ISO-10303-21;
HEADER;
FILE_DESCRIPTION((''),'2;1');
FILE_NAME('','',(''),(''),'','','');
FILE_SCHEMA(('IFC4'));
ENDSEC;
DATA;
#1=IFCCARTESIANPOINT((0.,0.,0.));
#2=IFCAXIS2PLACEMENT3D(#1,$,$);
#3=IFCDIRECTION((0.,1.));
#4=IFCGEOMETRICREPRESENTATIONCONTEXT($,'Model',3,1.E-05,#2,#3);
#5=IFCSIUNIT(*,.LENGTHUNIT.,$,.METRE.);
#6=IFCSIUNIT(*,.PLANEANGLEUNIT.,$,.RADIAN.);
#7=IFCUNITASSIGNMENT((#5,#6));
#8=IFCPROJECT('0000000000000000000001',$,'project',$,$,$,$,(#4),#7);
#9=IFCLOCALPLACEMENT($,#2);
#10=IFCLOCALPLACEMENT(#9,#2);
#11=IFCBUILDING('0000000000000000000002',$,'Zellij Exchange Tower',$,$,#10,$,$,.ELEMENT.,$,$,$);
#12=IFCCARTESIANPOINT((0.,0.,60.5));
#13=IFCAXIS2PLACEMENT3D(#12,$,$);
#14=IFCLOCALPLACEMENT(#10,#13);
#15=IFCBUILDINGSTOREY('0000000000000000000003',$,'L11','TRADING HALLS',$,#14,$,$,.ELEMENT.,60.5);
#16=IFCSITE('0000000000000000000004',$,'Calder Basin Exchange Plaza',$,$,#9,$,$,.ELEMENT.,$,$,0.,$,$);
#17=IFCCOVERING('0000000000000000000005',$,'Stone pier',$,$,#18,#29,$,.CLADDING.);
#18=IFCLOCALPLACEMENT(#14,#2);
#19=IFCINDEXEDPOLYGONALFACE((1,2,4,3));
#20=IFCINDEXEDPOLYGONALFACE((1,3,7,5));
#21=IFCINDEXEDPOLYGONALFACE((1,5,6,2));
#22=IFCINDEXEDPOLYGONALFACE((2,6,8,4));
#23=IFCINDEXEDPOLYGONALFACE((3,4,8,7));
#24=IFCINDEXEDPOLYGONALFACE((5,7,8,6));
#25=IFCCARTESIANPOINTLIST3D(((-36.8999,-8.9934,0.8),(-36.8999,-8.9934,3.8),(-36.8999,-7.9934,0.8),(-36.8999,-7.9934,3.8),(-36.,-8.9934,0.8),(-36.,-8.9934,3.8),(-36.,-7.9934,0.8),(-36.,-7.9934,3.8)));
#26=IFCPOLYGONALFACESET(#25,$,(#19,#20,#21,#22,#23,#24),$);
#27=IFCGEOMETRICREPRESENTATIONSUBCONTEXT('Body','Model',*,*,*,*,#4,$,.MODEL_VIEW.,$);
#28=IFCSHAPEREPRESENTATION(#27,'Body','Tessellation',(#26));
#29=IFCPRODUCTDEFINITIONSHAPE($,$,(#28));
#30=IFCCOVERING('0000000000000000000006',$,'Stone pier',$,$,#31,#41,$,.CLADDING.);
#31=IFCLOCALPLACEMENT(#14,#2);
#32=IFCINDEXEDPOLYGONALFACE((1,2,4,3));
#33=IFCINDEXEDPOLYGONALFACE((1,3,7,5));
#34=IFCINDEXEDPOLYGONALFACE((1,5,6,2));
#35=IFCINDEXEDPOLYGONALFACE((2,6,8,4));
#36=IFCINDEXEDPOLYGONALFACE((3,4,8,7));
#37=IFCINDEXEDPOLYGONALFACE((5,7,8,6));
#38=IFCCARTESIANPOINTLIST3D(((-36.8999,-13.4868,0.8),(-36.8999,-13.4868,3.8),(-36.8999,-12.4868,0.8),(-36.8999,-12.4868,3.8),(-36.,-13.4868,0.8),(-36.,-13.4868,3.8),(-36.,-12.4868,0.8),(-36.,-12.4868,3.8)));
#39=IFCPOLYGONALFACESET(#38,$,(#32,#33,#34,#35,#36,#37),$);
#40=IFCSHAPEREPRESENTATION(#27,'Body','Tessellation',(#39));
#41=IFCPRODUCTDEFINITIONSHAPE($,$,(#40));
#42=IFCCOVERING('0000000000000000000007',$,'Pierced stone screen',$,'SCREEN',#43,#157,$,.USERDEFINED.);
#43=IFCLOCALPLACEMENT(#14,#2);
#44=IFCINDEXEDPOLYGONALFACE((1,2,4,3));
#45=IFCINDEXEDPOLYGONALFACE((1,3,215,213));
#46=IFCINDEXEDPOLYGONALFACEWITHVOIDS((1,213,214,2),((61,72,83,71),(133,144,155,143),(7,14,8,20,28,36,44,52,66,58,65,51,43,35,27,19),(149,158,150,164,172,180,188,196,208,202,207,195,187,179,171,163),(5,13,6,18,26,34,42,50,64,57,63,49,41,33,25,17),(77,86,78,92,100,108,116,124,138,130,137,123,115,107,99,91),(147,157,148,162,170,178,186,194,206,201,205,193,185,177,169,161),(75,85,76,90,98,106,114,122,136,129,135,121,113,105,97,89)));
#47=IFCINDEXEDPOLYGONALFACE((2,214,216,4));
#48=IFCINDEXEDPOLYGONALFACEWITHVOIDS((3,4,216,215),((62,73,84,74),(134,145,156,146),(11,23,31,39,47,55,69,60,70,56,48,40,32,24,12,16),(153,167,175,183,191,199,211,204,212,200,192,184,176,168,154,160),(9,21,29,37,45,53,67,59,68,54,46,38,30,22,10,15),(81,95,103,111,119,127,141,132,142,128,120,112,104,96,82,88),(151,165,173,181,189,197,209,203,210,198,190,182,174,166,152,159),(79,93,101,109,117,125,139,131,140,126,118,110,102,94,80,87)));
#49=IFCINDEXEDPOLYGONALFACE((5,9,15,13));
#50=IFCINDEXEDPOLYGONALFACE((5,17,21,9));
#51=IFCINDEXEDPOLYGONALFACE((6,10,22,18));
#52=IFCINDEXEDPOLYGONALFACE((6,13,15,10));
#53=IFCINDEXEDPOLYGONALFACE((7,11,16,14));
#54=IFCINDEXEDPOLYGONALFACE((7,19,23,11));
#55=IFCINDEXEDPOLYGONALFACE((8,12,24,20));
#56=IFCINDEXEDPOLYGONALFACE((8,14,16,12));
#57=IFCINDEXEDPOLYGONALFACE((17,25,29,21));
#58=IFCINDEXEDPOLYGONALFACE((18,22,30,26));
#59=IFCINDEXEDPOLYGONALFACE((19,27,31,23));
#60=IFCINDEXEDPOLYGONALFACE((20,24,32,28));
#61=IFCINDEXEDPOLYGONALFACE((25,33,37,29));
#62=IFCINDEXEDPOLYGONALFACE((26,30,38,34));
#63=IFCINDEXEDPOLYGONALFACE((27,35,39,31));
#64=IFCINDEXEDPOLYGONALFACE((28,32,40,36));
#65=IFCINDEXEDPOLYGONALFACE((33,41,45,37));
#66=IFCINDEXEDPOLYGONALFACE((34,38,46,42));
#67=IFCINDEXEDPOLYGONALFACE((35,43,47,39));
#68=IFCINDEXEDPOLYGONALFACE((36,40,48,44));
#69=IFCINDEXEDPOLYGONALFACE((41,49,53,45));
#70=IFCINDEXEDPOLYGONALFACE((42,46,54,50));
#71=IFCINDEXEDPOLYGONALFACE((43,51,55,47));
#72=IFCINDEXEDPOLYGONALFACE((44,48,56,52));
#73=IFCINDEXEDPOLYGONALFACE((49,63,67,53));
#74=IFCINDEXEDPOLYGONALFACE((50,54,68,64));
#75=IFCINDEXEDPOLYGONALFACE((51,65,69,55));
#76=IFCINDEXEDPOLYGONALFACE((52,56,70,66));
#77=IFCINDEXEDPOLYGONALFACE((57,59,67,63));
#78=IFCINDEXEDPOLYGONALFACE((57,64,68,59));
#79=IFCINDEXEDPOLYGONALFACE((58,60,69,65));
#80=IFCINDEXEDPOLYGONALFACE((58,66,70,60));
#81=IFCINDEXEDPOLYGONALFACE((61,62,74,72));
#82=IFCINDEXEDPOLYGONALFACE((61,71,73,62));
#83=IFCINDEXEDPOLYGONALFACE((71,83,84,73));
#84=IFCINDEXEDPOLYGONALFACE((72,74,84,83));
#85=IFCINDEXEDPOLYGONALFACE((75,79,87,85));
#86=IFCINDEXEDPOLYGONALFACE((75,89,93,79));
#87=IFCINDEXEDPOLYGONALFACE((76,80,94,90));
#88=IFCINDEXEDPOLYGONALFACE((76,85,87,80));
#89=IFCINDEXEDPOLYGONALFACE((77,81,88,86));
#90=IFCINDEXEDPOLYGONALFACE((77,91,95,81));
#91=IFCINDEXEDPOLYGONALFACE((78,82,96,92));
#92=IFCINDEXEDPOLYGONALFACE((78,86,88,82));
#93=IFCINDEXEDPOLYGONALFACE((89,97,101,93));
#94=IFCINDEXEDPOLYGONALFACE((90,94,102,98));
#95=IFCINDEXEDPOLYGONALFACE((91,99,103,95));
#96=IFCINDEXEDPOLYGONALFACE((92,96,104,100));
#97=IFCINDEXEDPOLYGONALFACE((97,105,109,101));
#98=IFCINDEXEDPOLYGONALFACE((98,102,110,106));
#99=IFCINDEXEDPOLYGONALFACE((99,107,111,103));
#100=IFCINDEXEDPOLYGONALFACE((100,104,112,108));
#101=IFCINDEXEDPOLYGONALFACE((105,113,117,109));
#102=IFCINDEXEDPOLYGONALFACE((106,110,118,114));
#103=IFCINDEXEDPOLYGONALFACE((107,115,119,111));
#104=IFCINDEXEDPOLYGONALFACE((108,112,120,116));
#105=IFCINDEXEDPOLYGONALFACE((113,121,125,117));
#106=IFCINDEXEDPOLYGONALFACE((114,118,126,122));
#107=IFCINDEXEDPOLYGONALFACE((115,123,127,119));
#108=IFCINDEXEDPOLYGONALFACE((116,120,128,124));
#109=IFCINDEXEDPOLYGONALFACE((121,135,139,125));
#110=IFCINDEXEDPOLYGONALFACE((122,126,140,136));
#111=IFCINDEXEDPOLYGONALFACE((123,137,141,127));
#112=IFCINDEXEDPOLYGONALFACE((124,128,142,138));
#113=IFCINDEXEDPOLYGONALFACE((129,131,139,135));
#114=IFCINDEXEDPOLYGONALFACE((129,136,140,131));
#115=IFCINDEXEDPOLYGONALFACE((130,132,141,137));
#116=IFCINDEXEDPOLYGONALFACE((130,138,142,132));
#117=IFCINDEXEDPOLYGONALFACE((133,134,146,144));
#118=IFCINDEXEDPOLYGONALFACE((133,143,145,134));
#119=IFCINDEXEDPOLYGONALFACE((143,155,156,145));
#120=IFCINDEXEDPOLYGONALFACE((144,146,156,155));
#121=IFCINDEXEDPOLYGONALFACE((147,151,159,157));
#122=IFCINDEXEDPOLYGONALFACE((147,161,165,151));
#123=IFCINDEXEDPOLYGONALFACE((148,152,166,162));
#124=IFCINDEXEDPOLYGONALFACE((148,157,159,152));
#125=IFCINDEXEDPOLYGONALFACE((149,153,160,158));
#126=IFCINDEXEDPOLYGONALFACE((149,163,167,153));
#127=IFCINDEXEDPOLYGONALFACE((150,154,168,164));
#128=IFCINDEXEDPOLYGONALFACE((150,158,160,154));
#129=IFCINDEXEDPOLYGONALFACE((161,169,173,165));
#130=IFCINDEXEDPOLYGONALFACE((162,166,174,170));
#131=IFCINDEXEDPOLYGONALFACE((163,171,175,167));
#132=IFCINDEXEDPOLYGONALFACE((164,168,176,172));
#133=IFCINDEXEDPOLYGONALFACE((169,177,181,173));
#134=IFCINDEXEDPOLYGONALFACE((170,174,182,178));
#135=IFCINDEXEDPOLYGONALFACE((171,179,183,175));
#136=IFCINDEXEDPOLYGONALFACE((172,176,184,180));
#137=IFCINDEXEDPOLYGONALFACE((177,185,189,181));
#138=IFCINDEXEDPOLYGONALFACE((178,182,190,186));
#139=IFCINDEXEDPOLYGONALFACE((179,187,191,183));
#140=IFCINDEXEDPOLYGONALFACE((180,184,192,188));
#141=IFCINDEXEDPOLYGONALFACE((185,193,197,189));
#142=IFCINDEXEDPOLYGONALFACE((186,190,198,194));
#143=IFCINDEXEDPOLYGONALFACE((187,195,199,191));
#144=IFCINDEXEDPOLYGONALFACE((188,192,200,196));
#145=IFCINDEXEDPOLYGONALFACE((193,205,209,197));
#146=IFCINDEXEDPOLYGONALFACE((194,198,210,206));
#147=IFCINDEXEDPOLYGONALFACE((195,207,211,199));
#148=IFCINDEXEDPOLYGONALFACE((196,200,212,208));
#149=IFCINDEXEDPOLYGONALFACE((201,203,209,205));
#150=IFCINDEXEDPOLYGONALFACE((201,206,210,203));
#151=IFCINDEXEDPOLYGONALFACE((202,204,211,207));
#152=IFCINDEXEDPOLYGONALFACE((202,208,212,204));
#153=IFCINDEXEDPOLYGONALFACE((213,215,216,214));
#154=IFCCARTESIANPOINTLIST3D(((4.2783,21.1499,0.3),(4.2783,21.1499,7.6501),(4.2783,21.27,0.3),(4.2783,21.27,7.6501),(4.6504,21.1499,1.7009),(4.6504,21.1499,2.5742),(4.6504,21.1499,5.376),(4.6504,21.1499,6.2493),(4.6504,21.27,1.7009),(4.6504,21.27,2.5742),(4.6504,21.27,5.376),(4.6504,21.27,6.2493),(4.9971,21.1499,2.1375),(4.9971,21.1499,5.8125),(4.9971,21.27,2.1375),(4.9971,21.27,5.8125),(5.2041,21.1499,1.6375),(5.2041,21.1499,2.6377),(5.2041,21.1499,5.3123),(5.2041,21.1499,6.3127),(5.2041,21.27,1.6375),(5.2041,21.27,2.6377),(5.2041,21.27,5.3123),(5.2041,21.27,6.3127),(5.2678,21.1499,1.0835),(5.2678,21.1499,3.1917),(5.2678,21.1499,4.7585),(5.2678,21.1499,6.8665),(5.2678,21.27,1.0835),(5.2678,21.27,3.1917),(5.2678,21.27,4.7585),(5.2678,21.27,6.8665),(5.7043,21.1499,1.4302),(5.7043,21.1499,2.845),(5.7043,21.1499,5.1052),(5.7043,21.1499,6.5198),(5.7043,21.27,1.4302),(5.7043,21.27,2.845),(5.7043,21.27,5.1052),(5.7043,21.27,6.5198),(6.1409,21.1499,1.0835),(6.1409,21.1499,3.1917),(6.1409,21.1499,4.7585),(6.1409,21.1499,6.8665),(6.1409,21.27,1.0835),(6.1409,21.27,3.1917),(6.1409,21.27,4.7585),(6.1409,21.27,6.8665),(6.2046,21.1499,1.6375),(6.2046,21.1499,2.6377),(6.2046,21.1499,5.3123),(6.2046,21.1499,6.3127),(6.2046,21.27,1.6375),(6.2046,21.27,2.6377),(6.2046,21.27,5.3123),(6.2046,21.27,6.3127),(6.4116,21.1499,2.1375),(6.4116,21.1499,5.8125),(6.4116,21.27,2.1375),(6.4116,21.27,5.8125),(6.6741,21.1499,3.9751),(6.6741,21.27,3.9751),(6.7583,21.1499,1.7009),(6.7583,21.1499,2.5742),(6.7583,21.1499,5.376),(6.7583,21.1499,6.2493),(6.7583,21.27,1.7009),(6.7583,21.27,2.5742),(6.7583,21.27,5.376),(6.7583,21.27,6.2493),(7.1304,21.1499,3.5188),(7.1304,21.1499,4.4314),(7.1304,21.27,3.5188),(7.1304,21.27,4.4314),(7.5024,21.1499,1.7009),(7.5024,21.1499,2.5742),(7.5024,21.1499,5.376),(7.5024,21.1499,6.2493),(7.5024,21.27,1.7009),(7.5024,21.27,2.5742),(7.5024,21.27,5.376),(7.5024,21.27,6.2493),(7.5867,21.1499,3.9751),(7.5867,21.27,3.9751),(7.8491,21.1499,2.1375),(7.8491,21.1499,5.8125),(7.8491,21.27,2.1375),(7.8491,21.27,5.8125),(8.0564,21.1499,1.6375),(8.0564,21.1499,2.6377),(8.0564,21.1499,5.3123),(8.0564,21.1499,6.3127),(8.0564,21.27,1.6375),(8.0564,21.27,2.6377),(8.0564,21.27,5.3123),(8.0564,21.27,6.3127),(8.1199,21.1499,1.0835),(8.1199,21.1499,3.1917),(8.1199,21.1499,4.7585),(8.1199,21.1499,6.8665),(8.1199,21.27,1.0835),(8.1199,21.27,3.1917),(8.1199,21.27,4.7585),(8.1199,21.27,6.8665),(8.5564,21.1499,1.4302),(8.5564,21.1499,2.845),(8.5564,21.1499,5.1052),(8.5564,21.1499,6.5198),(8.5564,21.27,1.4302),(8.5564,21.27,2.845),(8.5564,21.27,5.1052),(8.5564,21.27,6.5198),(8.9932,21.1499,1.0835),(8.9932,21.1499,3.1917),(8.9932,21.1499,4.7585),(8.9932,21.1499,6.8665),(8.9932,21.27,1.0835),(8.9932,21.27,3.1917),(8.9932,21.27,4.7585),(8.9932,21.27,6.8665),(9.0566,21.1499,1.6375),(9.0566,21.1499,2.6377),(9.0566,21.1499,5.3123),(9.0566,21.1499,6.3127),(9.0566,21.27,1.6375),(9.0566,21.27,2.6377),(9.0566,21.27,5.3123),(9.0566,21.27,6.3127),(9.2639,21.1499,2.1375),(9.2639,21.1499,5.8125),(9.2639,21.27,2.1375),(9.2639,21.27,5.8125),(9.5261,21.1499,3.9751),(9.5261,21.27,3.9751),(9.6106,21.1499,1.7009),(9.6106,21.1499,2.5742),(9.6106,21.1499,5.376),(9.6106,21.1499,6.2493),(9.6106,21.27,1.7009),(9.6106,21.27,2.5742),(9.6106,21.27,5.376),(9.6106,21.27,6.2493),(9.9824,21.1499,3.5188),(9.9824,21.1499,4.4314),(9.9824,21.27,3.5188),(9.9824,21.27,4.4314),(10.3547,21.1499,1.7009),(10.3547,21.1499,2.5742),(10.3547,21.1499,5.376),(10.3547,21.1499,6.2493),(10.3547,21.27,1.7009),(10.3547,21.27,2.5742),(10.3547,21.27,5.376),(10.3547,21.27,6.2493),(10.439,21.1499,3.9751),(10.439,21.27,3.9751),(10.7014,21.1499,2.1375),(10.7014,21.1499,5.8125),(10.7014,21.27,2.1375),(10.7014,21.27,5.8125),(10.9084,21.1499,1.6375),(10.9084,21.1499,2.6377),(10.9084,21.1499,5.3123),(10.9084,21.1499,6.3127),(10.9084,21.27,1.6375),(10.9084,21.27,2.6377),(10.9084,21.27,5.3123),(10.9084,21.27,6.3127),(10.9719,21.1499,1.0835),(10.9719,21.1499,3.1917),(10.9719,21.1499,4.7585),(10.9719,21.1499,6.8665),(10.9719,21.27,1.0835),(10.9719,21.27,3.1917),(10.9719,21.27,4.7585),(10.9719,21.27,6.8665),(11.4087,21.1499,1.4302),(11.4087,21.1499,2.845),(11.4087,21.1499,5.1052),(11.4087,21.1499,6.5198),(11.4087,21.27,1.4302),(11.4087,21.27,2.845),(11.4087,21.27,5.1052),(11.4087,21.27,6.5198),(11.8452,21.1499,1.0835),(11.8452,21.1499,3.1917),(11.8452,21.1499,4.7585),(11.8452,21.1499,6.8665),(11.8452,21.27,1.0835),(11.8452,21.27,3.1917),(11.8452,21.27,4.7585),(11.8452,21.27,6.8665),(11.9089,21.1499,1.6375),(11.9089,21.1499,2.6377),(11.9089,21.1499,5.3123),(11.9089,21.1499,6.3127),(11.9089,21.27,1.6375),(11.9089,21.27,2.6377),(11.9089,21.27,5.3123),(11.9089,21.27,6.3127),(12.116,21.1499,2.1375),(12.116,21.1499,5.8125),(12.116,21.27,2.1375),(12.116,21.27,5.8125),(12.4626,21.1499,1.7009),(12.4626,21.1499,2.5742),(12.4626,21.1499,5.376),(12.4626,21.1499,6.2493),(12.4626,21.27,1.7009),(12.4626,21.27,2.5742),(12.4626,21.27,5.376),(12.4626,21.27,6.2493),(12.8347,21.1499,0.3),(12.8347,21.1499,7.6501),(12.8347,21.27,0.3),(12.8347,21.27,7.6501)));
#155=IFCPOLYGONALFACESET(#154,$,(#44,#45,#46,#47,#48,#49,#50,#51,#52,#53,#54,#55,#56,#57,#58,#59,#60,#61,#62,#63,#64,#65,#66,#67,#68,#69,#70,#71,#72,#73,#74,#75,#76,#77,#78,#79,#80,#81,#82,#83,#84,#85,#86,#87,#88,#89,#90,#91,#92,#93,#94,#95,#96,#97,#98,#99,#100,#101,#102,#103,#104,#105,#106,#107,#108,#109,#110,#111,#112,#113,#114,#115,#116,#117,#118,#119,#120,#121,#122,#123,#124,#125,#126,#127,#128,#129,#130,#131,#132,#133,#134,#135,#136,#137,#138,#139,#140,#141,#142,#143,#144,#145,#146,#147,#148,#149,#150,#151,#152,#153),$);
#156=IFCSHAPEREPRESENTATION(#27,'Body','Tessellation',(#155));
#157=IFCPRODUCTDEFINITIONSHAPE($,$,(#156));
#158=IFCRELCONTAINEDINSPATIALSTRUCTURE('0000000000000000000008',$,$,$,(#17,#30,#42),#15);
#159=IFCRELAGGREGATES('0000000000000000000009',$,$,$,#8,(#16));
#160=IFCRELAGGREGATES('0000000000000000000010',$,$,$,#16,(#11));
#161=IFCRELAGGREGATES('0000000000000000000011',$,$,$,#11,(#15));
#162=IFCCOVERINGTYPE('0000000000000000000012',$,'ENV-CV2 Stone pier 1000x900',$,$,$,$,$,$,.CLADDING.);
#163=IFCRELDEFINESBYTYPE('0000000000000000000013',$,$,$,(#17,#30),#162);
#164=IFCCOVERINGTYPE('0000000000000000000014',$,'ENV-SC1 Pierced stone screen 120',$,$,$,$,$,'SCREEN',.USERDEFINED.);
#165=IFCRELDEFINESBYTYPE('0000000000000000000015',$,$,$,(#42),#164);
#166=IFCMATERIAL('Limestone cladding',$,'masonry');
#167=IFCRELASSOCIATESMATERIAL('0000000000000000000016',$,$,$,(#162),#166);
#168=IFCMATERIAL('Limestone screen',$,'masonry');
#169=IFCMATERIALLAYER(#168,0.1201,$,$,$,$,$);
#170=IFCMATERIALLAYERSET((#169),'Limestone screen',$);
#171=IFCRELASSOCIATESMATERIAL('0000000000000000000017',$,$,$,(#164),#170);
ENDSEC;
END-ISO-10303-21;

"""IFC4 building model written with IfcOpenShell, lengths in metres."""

from ifc_helpers import new_model, si_unit, direction, frame, origin, place, context, subcontext, project, spatial, polyline, outline, extrude, material, layer, layer_set, type_object, element, save


model = new_model("IFC4")

# Units and contexts
model_context = context("Model", 3, precision=1e-05, world=origin(), true_north=direction((0.0, 1.0)))
body_context = subcontext(model_context, "Body", "Model", "MODEL_VIEW")
ifc_project = project(units=[si_unit("LENGTHUNIT", "METRE"), si_unit("PLANEANGLEUNIT", "RADIAN")], contexts=[model_context])

# Site, building, storey
site_placement = place(None, origin())
site = spatial("IfcSite", under=ifc_project, at=site_placement, Name="Calder Basin Exchange Plaza", CompositionType="ELEMENT", RefElevation=0.0)
building_placement = place(site_placement, origin())
building = spatial("IfcBuilding", under=site, at=building_placement, Name="Zellij Exchange Tower", CompositionType="ELEMENT")
storey_placement = place(building_placement, frame((0.0, 0.0, 60.5)))
storey = spatial("IfcBuildingStorey", under=building, at=storey_placement, Name="L11", Description="TRADING HALLS", CompositionType="ELEMENT", Elevation=60.5)

# Coverings
ifc_material_1 = material(Name="Limestone cladding", Category="masonry")
covering_type_1 = type_object("IfcCoveringType", Name="ENV-CV2 Stone pier 1000x900", PredefinedType="CLADDING", material=ifc_material_1)
covering_1_placement = place(storey_placement, frame((0.0, 0.0, 0.8)))
element("IfcCovering", 1, at=covering_1_placement, inside=storey, type_object=covering_type_1, Name="Stone pier", PredefinedType="CLADDING", context=body_context, shape_type="SweptSolid", body=[
    extrude(outline(polyline([(-36.0, -7.9934), (-36.0, -8.9934), (-36.8999, -8.9934), (-36.8999, -7.9934), (-36.0, -7.9934)])), origin(), (0.0, 0.0, 1.0), 3.0),
])
covering_2_placement = place(storey_placement, frame((0.0, 0.0, 0.8)))
element("IfcCovering", 2, at=covering_2_placement, inside=storey, type_object=covering_type_1, Name="Stone pier", PredefinedType="CLADDING", context=body_context, shape_type="SweptSolid", body=[
    extrude(outline(polyline([(-36.0, -12.4868), (-36.0, -13.4868), (-36.8999, -13.4868), (-36.8999, -12.4868), (-36.0, -12.4868)])), origin(), (0.0, 0.0, 1.0), 3.0),
])
ifc_material_2 = material(Name="Limestone screen", Category="masonry")
ifc_layer_1 = layer(ifc_material_2, 0.1201)
ifc_layer_set_1 = layer_set([ifc_layer_1], Name="Limestone screen")
covering_type_2 = type_object("IfcCoveringType", Name="ENV-SC1 Pierced stone screen 120", ElementType="SCREEN", PredefinedType="USERDEFINED", material=ifc_layer_set_1)
covering_3_placement = place(storey_placement, frame((12.8347, 21.21, 0.3), z_axis=(0.0, 0.0, 1.0), x_axis=(-1.0, 0.0, 0.0)))
element("IfcCovering", 3, at=covering_3_placement, inside=storey, type_object=covering_type_2, Name="Pierced stone screen", ObjectType="SCREEN", PredefinedType="USERDEFINED", context=body_context, shape_type="SweptSolid", body=[
    extrude(outline(polyline([(0.0, 0.0), (8.5564, 0.0), (8.5564, 7.3501), (0.0, 7.3501), (0.0, 0.0)]), holes=[polyline([(2.48, 2.2742), (1.9263, 2.3376), (1.8628, 2.8916), (1.426, 2.5449), (0.9895, 2.8916), (0.9258, 2.3376), (0.3721, 2.2742), (0.7188, 1.8374), (0.3721, 1.4009), (0.9258, 1.3374), (0.9895, 0.7834), (1.426, 1.1301), (1.8628, 0.7834), (1.9263, 1.3374), (2.48, 1.4009), (2.1333, 1.8374), (2.48, 2.2742)]), polyline([(2.48, 5.9492), (1.9263, 6.0127), (1.8628, 6.5664), (1.426, 6.2197), (0.9895, 6.5664), (0.9258, 6.0127), (0.3721, 5.9492), (0.7188, 5.5125), (0.3721, 5.0759), (0.9258, 5.0122), (0.9895, 4.4585), (1.426, 4.8052), (1.8628, 4.4585), (1.9263, 5.0122), (2.48, 5.0759), (2.1333, 5.5125), (2.48, 5.9492)]), polyline([(5.3323, 2.2742), (4.7783, 2.3376), (4.7148, 2.8916), (4.2783, 2.5449), (3.8416, 2.8916), (3.7781, 2.3376), (3.2241, 2.2742), (3.5708, 1.8374), (3.2241, 1.4009), (3.7781, 1.3374), (3.8416, 0.7834), (4.2783, 1.1301), (4.7148, 0.7834), (4.7783, 1.3374), (5.3323, 1.4009), (4.9856, 1.8374), (5.3323, 2.2742)]), polyline([(5.3323, 5.9492), (4.7783, 6.0127), (4.7148, 6.5664), (4.2783, 6.2197), (3.8416, 6.5664), (3.7781, 6.0127), (3.2241, 5.9492), (3.5708, 5.5125), (3.2241, 5.0759), (3.7781, 5.0122), (3.8416, 4.4585), (4.2783, 4.8052), (4.7148, 4.4585), (4.7783, 5.0122), (5.3323, 5.0759), (4.9856, 5.5125), (5.3323, 5.9492)]), polyline([(8.1843, 2.2742), (7.6306, 2.3376), (7.5669, 2.8916), (7.1304, 2.5449), (6.6938, 2.8916), (6.6301, 2.3376), (6.0764, 2.2742), (6.4231, 1.8374), (6.0764, 1.4009), (6.6301, 1.3374), (6.6938, 0.7834), (7.1304, 1.1301), (7.5669, 0.7834), (7.6306, 1.3374), (8.1843, 1.4009), (7.8376, 1.8374), (8.1843, 2.2742)]), polyline([(8.1843, 5.9492), (7.6306, 6.0127), (7.5669, 6.5664), (7.1304, 6.2197), (6.6938, 6.5664), (6.6301, 6.0127), (6.0764, 5.9492), (6.4231, 5.5125), (6.0764, 5.0759), (6.6301, 5.0122), (6.6938, 4.4585), (7.1304, 4.8052), (7.5669, 4.4585), (7.6306, 5.0122), (8.1843, 5.0759), (7.8376, 5.5125), (8.1843, 5.9492)]), polyline([(3.3086, 3.675), (2.8523, 4.1313), (2.3958, 3.675), (2.8523, 3.2188), (3.3086, 3.675)]), polyline([(6.1606, 3.675), (5.7043, 4.1313), (5.248, 3.675), (5.7043, 3.2188), (6.1606, 3.675)])]), frame((0.0, 0.0601, 0.0), z_axis=(0.0, -1.0, 0.0), x_axis=(1.0, 0.0, 0.0)), (0.0, 0.0, 1.0), 0.1201),
])

save(model, "model.ifc")
